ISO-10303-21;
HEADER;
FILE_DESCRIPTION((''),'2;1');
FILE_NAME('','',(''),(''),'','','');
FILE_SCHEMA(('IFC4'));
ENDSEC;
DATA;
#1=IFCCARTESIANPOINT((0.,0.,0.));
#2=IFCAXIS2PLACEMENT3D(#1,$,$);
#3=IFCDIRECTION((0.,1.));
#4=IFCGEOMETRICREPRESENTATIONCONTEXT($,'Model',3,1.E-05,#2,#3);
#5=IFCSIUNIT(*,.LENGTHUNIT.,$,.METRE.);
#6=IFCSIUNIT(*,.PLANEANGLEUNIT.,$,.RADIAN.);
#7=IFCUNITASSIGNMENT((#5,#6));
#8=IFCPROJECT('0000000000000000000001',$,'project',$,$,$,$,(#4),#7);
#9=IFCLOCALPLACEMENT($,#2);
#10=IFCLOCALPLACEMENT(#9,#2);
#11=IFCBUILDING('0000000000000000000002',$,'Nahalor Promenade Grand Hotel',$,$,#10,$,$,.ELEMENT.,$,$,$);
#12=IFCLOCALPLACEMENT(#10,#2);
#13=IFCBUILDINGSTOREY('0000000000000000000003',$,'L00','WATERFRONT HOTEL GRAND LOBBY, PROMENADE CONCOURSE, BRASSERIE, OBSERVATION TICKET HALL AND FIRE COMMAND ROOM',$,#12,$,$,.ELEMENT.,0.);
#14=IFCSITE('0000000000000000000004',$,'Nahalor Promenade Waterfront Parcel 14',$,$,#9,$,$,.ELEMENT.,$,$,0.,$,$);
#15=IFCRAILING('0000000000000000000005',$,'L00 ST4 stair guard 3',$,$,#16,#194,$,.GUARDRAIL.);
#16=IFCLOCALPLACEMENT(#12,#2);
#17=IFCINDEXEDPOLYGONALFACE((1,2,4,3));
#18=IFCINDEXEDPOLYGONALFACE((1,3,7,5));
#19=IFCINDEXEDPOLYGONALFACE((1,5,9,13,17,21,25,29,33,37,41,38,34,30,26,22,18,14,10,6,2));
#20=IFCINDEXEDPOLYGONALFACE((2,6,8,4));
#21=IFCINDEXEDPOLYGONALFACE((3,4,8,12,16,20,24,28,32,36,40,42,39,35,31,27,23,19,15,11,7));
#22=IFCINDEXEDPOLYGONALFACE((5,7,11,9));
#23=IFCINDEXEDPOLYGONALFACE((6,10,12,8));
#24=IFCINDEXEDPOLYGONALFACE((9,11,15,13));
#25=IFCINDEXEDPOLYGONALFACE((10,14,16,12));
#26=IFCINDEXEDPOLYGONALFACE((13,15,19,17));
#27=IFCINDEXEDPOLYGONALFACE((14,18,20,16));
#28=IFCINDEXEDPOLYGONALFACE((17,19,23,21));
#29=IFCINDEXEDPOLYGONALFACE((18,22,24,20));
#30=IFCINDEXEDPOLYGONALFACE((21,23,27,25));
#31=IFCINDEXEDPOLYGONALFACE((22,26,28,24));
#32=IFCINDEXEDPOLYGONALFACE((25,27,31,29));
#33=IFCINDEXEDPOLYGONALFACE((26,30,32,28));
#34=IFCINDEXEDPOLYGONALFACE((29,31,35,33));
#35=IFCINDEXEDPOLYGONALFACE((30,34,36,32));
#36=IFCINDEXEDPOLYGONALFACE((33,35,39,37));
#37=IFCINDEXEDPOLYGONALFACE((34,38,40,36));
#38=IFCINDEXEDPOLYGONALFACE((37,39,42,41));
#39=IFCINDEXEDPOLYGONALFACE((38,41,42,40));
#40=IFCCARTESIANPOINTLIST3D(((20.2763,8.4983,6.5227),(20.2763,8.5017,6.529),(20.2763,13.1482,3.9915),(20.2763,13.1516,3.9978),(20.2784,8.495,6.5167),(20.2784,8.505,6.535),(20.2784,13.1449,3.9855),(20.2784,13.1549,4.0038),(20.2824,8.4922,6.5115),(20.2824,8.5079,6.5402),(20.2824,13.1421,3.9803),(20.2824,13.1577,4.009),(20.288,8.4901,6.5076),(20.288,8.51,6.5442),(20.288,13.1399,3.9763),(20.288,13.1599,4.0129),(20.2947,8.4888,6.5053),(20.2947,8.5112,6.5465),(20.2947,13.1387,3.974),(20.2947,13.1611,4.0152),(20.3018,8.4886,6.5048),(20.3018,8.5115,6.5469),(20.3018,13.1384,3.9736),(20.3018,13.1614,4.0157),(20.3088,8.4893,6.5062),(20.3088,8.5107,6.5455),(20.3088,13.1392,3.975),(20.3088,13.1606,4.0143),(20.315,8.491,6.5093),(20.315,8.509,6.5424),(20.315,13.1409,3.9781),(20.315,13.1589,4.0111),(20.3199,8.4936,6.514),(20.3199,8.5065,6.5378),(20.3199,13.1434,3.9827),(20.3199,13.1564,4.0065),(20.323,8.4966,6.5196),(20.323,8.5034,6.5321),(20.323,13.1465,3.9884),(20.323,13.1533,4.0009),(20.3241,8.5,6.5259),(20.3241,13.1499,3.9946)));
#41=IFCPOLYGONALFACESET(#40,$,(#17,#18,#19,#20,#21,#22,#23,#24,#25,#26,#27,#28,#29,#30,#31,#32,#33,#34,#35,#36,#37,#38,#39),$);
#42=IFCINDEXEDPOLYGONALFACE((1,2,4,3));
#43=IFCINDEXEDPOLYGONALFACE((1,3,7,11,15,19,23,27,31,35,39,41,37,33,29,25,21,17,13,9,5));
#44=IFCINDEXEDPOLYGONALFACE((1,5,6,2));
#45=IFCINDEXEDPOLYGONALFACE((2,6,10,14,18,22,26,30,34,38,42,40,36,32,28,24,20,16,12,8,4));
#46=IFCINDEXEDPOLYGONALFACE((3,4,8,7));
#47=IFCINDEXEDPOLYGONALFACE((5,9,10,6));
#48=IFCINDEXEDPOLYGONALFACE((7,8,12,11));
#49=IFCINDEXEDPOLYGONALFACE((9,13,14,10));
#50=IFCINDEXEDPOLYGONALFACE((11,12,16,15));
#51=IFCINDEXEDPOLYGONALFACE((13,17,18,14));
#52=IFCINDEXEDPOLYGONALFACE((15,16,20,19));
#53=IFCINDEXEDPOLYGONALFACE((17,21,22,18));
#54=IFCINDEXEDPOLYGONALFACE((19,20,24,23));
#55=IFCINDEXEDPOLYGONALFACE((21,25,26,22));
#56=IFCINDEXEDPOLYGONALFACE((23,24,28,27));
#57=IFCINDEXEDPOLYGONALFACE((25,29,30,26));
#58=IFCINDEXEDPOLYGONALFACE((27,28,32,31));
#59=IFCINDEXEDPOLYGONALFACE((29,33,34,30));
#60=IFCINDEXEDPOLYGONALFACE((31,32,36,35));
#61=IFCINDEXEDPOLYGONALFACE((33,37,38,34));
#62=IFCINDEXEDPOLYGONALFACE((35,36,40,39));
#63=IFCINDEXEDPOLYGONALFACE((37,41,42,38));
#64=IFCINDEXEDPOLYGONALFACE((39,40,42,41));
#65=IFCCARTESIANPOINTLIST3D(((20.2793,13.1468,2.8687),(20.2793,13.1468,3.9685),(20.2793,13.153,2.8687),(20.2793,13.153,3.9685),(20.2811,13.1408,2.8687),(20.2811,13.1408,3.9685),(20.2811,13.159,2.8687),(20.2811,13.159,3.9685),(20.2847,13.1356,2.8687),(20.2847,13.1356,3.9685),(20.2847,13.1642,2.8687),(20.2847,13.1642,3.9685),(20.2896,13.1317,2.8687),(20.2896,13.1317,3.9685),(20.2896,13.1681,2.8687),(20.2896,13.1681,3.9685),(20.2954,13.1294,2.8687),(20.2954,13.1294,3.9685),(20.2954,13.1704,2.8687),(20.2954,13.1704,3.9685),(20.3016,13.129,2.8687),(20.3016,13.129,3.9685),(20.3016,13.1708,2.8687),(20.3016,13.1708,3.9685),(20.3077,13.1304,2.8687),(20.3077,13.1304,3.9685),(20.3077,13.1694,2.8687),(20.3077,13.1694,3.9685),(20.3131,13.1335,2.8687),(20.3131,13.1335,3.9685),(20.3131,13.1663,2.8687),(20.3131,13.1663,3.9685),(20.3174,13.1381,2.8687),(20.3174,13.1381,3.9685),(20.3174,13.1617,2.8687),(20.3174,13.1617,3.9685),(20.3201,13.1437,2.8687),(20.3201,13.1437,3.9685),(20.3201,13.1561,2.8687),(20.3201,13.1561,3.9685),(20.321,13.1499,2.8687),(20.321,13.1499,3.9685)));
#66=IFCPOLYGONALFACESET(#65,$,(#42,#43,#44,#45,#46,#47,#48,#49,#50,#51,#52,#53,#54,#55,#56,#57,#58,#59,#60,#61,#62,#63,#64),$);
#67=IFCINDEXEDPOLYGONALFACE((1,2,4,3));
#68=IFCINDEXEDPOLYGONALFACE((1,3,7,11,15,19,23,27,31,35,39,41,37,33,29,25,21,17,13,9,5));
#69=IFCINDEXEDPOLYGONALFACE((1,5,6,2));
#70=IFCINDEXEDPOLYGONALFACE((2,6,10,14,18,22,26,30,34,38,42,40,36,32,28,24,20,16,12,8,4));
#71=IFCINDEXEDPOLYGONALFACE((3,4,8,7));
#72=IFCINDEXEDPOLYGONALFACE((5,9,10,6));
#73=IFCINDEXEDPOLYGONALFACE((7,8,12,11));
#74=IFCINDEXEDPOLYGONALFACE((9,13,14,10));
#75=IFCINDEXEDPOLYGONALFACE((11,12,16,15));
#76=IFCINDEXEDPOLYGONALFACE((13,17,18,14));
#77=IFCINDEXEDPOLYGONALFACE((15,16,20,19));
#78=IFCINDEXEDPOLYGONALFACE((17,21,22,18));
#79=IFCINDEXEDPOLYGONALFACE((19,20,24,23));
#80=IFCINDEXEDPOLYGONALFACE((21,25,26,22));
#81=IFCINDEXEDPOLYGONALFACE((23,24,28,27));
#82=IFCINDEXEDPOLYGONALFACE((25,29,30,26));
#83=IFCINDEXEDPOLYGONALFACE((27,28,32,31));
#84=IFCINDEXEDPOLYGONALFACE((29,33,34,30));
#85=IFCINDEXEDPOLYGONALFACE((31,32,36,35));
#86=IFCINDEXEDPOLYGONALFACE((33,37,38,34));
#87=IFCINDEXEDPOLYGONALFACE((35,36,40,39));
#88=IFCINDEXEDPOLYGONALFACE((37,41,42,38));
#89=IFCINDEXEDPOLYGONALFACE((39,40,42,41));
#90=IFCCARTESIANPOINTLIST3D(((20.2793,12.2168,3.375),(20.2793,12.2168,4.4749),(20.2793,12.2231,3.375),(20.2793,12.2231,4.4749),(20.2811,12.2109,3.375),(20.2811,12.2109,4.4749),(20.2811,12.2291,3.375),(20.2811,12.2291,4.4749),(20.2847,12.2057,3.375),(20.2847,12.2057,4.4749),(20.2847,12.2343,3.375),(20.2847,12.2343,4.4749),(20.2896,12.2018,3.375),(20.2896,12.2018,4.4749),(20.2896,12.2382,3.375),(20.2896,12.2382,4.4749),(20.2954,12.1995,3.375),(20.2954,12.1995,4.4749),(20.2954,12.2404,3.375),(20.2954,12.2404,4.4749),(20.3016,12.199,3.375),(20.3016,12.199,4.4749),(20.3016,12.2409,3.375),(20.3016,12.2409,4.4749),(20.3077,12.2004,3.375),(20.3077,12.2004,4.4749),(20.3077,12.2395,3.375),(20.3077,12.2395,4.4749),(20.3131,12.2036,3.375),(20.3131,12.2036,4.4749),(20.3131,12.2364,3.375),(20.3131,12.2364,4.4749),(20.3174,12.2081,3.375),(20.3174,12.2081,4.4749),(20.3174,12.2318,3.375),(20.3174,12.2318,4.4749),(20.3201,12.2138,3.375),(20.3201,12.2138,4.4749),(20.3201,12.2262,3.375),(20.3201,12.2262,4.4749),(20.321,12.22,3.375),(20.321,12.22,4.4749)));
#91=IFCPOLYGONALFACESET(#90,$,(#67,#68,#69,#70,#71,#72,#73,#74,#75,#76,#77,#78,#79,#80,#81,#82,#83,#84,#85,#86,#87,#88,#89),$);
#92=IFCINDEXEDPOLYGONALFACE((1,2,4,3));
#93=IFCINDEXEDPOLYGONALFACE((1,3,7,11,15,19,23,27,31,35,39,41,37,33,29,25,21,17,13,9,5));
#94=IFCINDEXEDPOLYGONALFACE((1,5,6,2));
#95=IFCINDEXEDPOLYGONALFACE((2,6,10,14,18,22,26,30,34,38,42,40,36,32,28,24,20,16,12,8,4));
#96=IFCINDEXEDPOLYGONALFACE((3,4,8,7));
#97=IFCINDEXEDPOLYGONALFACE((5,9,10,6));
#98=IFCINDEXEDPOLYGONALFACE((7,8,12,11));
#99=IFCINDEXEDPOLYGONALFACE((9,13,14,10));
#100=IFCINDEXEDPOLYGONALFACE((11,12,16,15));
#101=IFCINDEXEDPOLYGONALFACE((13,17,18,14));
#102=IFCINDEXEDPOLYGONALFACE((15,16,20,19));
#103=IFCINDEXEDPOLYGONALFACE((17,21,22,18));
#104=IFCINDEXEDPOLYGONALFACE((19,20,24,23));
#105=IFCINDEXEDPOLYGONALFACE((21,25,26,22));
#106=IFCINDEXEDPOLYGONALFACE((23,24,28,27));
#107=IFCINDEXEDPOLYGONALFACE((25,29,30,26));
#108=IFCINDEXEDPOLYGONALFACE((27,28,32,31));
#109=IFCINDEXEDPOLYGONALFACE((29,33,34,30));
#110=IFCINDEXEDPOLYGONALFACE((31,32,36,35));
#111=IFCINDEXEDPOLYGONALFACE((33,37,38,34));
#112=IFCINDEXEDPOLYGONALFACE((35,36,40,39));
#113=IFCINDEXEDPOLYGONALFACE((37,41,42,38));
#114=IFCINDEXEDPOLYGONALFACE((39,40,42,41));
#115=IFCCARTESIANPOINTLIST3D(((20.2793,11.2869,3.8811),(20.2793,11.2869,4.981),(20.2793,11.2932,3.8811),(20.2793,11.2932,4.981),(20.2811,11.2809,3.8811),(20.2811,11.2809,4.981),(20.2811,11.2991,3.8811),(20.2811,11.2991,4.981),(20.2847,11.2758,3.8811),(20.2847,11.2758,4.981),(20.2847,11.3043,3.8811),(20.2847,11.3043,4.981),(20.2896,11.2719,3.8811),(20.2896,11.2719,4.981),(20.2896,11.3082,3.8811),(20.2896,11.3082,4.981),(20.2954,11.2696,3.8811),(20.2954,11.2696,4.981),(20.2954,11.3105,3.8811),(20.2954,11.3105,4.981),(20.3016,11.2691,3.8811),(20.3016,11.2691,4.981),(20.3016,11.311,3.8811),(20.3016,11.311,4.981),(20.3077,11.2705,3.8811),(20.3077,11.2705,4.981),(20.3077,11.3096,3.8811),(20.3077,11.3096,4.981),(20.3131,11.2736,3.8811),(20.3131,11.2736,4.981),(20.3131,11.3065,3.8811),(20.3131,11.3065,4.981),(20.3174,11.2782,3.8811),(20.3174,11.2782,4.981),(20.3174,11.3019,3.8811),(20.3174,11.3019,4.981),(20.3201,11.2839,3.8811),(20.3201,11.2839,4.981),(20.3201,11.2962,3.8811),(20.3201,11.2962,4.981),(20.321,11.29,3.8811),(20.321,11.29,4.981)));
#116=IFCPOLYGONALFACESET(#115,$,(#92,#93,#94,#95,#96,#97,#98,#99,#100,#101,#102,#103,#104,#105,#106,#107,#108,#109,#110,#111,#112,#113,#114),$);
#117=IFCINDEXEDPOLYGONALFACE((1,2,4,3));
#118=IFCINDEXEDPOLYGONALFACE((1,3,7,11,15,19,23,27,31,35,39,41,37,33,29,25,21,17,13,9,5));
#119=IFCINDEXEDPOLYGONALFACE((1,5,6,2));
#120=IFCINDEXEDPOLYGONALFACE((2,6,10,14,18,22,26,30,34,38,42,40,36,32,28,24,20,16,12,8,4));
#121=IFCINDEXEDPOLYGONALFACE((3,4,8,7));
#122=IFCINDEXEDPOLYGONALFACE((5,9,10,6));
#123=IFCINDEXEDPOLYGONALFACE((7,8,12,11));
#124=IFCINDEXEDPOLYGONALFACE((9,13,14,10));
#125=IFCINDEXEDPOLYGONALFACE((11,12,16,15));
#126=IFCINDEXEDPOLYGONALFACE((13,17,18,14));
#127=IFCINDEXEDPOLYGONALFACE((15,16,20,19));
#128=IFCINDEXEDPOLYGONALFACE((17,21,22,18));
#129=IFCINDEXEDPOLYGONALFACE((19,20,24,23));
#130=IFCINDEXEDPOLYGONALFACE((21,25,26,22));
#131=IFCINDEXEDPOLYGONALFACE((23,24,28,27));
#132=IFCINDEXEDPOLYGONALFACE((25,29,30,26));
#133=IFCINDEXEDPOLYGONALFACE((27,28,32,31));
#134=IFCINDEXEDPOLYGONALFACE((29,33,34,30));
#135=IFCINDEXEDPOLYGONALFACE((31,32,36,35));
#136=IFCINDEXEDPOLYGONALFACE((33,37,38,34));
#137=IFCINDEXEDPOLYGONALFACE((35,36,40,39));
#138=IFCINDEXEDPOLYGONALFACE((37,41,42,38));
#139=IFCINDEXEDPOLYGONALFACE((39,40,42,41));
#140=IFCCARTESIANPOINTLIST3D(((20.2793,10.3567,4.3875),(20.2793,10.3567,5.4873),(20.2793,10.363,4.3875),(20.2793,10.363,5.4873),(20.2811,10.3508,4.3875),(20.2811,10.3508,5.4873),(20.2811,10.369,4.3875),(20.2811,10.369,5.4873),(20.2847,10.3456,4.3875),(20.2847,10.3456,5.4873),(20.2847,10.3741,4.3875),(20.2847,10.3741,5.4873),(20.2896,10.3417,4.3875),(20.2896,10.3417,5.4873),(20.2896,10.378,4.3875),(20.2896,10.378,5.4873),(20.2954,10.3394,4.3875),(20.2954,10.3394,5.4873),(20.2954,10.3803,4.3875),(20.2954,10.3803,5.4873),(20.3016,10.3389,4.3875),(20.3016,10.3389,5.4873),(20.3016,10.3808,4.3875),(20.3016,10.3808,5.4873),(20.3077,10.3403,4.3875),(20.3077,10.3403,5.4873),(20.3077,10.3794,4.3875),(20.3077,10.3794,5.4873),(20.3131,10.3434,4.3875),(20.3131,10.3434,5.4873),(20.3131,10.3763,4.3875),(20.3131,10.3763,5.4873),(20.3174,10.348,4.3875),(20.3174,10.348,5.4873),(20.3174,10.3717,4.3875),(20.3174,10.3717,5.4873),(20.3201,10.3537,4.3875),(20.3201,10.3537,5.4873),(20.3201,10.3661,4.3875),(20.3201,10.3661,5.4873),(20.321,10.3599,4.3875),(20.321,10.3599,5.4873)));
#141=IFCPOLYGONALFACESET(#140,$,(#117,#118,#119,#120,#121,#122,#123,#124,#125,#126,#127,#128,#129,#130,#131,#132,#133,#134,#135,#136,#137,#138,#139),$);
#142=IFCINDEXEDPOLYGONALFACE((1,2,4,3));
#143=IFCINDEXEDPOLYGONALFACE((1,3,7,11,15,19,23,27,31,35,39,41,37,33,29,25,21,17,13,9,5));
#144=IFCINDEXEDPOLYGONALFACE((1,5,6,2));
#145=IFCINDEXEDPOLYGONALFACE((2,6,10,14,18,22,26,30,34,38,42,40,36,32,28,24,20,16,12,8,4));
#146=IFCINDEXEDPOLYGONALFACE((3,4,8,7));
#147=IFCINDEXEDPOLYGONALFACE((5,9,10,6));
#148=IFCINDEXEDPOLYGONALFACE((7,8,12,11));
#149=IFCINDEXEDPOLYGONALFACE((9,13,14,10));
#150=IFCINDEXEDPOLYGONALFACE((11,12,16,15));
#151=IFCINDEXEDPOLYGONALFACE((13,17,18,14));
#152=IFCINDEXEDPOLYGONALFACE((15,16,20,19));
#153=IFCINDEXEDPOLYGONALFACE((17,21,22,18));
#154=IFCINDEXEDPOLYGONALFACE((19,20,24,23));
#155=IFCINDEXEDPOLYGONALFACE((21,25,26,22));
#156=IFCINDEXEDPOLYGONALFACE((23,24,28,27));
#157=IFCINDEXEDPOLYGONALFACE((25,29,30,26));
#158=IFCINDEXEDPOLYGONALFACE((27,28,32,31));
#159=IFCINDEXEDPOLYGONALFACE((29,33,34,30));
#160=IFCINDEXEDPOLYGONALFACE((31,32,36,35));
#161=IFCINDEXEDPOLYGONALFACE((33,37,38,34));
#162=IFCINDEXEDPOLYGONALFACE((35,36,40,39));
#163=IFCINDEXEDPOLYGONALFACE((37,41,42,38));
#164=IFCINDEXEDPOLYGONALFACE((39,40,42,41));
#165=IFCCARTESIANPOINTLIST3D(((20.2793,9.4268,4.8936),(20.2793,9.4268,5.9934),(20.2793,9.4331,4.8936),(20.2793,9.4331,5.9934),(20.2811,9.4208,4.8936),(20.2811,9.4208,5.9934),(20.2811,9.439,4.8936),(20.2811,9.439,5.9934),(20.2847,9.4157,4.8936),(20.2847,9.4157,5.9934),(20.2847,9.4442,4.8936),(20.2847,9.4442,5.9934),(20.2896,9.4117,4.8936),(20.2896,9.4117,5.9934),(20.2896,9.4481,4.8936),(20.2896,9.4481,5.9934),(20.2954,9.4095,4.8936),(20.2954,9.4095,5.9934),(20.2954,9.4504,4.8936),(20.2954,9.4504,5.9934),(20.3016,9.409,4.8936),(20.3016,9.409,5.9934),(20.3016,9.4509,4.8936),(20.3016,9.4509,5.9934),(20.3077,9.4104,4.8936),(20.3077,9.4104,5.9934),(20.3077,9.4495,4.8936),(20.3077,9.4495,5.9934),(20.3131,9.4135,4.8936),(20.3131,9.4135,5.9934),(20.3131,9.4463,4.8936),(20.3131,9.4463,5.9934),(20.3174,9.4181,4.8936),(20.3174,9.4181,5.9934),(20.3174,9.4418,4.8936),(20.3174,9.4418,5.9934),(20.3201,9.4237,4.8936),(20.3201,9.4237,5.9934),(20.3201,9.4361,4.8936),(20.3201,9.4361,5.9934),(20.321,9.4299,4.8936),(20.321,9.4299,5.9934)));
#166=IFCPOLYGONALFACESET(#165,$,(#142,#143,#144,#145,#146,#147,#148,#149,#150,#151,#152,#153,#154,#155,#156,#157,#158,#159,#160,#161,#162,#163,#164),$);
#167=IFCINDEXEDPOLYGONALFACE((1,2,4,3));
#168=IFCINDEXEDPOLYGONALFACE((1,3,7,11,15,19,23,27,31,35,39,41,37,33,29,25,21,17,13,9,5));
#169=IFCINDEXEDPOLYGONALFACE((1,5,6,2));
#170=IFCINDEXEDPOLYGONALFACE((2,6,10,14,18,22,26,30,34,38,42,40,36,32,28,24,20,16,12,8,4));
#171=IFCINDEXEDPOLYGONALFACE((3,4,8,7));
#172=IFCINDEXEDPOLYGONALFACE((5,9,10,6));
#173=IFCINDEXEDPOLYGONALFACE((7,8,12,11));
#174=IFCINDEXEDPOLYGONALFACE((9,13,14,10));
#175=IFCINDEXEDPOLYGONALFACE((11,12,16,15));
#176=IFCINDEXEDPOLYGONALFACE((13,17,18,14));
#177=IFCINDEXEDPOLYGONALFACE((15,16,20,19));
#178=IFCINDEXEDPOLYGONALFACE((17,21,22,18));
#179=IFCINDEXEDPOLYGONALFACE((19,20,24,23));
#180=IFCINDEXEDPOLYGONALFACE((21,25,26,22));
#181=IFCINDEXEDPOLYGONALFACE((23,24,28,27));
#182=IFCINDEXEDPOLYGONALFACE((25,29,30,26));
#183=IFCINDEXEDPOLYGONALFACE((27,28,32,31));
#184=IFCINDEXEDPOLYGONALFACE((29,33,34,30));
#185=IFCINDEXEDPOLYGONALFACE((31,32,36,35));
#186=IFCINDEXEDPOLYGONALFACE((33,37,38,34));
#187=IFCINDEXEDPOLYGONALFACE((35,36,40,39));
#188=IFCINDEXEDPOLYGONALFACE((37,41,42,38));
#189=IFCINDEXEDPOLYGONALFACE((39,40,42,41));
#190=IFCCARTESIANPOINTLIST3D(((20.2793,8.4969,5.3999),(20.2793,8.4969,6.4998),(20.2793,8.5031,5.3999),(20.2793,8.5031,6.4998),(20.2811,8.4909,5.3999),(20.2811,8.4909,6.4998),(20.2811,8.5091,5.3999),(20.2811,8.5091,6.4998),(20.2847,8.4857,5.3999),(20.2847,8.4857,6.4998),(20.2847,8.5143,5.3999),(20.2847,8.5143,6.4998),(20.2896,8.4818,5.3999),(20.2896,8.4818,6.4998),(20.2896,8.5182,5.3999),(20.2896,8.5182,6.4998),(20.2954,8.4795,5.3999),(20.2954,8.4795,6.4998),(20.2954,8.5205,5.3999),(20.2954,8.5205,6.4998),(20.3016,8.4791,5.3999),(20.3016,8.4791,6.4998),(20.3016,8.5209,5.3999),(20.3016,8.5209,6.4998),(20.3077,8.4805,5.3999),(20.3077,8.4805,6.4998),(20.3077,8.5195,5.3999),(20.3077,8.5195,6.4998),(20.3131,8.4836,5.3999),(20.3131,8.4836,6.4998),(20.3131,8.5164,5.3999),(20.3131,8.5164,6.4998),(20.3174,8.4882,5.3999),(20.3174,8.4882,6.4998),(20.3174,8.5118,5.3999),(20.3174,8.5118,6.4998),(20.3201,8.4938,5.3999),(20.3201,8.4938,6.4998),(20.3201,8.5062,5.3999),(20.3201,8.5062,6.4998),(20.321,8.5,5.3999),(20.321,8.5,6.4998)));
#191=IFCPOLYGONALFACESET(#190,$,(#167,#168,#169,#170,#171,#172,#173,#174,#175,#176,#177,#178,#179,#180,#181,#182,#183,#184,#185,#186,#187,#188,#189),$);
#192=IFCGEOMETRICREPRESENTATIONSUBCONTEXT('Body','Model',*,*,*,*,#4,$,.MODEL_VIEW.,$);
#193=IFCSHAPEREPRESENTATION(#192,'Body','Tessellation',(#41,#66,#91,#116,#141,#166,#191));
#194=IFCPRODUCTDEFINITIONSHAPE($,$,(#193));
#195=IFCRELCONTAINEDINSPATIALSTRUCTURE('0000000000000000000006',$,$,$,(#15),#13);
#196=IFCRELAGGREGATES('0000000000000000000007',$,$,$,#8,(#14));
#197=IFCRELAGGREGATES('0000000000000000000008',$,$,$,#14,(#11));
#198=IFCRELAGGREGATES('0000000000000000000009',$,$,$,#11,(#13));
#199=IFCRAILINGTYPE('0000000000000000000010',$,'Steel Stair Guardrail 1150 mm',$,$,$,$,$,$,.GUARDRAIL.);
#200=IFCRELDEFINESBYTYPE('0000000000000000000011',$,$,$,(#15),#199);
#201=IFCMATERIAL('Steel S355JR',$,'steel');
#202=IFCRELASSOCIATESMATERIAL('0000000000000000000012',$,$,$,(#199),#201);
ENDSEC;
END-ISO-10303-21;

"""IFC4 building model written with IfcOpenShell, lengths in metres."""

from ifc_helpers import new_model, si_unit, direction, frame, origin, origin_2d, place, context, subcontext, project, spatial, circle, extrude, material, type_object, element, save


model = new_model("IFC4")

# Units and contexts
model_context = context("Model", 3, precision=1e-05, world=origin(), true_north=direction((0.0, 1.0)))
body_context = subcontext(model_context, "Body", "Model", "MODEL_VIEW")
ifc_project = project(units=[si_unit("LENGTHUNIT", "METRE"), si_unit("PLANEANGLEUNIT", "RADIAN")], contexts=[model_context])

# Site, building, storey
site_placement = place(None, origin())
site = spatial("IfcSite", under=ifc_project, at=site_placement, Name="Nahalor Promenade Waterfront Parcel 14", CompositionType="ELEMENT", RefElevation=0.0)
building_placement = place(site_placement, origin())
building = spatial("IfcBuilding", under=site, at=building_placement, Name="Nahalor Promenade Grand Hotel", CompositionType="ELEMENT")
storey_placement = place(building_placement, origin())
storey = spatial("IfcBuildingStorey", under=building, at=storey_placement, Name="L00", Description="WATERFRONT HOTEL GRAND LOBBY, PROMENADE CONCOURSE, BRASSERIE, OBSERVATION TICKET HALL AND FIRE COMMAND ROOM", CompositionType="ELEMENT", Elevation=0.0)

# Shared definitions
ifc_material_1 = material(Name="Steel S355JR", Category="steel")

# Railing
railing_type_1 = type_object("IfcRailingType", Name="Steel Stair Guardrail 1150 mm", PredefinedType="GUARDRAIL", material=ifc_material_1)
railing_1_placement = place(storey_placement, frame((20.3, 13.1499, 2.8687)))
element("IfcRailing", 1, at=railing_1_placement, inside=storey, type_object=railing_type_1, Name="L00 ST4 stair guard 3", PredefinedType="GUARDRAIL", context=body_context, shape_type="SweptSolid", body=[
    extrude(circle(Radius=0.024, at=origin_2d()), frame((0.0, 0.0, 1.126), z_axis=(0.0, -0.878297, 0.478115), x_axis=(1.0, 0.0, 0.0)), (0.0, 0.0, 1.0), 5.2942),
    extrude(circle(Radius=0.021, at=origin_2d()), origin(), (0.0, 0.0, 1.0), 1.0999),
    extrude(circle(Radius=0.021, at=origin_2d()), frame((0.0, -0.9299, 0.5063)), (0.0, 0.0, 1.0), 1.0999),
    extrude(circle(Radius=0.021, at=origin_2d()), frame((0.0, -1.8599, 1.0125)), (0.0, 0.0, 1.0), 1.0999),
    extrude(circle(Radius=0.021, at=origin_2d()), frame((0.0, -2.79, 1.5188)), (0.0, 0.0, 1.0), 1.0999),
    extrude(circle(Radius=0.021, at=origin_2d()), frame((0.0, -3.72, 2.0249)), (0.0, 0.0, 1.0), 1.0999),
    extrude(circle(Radius=0.021, at=origin_2d()), frame((0.0, -4.6499, 2.5312)), (0.0, 0.0, 1.0), 1.0999),
])

save(model, "model.ifc")
